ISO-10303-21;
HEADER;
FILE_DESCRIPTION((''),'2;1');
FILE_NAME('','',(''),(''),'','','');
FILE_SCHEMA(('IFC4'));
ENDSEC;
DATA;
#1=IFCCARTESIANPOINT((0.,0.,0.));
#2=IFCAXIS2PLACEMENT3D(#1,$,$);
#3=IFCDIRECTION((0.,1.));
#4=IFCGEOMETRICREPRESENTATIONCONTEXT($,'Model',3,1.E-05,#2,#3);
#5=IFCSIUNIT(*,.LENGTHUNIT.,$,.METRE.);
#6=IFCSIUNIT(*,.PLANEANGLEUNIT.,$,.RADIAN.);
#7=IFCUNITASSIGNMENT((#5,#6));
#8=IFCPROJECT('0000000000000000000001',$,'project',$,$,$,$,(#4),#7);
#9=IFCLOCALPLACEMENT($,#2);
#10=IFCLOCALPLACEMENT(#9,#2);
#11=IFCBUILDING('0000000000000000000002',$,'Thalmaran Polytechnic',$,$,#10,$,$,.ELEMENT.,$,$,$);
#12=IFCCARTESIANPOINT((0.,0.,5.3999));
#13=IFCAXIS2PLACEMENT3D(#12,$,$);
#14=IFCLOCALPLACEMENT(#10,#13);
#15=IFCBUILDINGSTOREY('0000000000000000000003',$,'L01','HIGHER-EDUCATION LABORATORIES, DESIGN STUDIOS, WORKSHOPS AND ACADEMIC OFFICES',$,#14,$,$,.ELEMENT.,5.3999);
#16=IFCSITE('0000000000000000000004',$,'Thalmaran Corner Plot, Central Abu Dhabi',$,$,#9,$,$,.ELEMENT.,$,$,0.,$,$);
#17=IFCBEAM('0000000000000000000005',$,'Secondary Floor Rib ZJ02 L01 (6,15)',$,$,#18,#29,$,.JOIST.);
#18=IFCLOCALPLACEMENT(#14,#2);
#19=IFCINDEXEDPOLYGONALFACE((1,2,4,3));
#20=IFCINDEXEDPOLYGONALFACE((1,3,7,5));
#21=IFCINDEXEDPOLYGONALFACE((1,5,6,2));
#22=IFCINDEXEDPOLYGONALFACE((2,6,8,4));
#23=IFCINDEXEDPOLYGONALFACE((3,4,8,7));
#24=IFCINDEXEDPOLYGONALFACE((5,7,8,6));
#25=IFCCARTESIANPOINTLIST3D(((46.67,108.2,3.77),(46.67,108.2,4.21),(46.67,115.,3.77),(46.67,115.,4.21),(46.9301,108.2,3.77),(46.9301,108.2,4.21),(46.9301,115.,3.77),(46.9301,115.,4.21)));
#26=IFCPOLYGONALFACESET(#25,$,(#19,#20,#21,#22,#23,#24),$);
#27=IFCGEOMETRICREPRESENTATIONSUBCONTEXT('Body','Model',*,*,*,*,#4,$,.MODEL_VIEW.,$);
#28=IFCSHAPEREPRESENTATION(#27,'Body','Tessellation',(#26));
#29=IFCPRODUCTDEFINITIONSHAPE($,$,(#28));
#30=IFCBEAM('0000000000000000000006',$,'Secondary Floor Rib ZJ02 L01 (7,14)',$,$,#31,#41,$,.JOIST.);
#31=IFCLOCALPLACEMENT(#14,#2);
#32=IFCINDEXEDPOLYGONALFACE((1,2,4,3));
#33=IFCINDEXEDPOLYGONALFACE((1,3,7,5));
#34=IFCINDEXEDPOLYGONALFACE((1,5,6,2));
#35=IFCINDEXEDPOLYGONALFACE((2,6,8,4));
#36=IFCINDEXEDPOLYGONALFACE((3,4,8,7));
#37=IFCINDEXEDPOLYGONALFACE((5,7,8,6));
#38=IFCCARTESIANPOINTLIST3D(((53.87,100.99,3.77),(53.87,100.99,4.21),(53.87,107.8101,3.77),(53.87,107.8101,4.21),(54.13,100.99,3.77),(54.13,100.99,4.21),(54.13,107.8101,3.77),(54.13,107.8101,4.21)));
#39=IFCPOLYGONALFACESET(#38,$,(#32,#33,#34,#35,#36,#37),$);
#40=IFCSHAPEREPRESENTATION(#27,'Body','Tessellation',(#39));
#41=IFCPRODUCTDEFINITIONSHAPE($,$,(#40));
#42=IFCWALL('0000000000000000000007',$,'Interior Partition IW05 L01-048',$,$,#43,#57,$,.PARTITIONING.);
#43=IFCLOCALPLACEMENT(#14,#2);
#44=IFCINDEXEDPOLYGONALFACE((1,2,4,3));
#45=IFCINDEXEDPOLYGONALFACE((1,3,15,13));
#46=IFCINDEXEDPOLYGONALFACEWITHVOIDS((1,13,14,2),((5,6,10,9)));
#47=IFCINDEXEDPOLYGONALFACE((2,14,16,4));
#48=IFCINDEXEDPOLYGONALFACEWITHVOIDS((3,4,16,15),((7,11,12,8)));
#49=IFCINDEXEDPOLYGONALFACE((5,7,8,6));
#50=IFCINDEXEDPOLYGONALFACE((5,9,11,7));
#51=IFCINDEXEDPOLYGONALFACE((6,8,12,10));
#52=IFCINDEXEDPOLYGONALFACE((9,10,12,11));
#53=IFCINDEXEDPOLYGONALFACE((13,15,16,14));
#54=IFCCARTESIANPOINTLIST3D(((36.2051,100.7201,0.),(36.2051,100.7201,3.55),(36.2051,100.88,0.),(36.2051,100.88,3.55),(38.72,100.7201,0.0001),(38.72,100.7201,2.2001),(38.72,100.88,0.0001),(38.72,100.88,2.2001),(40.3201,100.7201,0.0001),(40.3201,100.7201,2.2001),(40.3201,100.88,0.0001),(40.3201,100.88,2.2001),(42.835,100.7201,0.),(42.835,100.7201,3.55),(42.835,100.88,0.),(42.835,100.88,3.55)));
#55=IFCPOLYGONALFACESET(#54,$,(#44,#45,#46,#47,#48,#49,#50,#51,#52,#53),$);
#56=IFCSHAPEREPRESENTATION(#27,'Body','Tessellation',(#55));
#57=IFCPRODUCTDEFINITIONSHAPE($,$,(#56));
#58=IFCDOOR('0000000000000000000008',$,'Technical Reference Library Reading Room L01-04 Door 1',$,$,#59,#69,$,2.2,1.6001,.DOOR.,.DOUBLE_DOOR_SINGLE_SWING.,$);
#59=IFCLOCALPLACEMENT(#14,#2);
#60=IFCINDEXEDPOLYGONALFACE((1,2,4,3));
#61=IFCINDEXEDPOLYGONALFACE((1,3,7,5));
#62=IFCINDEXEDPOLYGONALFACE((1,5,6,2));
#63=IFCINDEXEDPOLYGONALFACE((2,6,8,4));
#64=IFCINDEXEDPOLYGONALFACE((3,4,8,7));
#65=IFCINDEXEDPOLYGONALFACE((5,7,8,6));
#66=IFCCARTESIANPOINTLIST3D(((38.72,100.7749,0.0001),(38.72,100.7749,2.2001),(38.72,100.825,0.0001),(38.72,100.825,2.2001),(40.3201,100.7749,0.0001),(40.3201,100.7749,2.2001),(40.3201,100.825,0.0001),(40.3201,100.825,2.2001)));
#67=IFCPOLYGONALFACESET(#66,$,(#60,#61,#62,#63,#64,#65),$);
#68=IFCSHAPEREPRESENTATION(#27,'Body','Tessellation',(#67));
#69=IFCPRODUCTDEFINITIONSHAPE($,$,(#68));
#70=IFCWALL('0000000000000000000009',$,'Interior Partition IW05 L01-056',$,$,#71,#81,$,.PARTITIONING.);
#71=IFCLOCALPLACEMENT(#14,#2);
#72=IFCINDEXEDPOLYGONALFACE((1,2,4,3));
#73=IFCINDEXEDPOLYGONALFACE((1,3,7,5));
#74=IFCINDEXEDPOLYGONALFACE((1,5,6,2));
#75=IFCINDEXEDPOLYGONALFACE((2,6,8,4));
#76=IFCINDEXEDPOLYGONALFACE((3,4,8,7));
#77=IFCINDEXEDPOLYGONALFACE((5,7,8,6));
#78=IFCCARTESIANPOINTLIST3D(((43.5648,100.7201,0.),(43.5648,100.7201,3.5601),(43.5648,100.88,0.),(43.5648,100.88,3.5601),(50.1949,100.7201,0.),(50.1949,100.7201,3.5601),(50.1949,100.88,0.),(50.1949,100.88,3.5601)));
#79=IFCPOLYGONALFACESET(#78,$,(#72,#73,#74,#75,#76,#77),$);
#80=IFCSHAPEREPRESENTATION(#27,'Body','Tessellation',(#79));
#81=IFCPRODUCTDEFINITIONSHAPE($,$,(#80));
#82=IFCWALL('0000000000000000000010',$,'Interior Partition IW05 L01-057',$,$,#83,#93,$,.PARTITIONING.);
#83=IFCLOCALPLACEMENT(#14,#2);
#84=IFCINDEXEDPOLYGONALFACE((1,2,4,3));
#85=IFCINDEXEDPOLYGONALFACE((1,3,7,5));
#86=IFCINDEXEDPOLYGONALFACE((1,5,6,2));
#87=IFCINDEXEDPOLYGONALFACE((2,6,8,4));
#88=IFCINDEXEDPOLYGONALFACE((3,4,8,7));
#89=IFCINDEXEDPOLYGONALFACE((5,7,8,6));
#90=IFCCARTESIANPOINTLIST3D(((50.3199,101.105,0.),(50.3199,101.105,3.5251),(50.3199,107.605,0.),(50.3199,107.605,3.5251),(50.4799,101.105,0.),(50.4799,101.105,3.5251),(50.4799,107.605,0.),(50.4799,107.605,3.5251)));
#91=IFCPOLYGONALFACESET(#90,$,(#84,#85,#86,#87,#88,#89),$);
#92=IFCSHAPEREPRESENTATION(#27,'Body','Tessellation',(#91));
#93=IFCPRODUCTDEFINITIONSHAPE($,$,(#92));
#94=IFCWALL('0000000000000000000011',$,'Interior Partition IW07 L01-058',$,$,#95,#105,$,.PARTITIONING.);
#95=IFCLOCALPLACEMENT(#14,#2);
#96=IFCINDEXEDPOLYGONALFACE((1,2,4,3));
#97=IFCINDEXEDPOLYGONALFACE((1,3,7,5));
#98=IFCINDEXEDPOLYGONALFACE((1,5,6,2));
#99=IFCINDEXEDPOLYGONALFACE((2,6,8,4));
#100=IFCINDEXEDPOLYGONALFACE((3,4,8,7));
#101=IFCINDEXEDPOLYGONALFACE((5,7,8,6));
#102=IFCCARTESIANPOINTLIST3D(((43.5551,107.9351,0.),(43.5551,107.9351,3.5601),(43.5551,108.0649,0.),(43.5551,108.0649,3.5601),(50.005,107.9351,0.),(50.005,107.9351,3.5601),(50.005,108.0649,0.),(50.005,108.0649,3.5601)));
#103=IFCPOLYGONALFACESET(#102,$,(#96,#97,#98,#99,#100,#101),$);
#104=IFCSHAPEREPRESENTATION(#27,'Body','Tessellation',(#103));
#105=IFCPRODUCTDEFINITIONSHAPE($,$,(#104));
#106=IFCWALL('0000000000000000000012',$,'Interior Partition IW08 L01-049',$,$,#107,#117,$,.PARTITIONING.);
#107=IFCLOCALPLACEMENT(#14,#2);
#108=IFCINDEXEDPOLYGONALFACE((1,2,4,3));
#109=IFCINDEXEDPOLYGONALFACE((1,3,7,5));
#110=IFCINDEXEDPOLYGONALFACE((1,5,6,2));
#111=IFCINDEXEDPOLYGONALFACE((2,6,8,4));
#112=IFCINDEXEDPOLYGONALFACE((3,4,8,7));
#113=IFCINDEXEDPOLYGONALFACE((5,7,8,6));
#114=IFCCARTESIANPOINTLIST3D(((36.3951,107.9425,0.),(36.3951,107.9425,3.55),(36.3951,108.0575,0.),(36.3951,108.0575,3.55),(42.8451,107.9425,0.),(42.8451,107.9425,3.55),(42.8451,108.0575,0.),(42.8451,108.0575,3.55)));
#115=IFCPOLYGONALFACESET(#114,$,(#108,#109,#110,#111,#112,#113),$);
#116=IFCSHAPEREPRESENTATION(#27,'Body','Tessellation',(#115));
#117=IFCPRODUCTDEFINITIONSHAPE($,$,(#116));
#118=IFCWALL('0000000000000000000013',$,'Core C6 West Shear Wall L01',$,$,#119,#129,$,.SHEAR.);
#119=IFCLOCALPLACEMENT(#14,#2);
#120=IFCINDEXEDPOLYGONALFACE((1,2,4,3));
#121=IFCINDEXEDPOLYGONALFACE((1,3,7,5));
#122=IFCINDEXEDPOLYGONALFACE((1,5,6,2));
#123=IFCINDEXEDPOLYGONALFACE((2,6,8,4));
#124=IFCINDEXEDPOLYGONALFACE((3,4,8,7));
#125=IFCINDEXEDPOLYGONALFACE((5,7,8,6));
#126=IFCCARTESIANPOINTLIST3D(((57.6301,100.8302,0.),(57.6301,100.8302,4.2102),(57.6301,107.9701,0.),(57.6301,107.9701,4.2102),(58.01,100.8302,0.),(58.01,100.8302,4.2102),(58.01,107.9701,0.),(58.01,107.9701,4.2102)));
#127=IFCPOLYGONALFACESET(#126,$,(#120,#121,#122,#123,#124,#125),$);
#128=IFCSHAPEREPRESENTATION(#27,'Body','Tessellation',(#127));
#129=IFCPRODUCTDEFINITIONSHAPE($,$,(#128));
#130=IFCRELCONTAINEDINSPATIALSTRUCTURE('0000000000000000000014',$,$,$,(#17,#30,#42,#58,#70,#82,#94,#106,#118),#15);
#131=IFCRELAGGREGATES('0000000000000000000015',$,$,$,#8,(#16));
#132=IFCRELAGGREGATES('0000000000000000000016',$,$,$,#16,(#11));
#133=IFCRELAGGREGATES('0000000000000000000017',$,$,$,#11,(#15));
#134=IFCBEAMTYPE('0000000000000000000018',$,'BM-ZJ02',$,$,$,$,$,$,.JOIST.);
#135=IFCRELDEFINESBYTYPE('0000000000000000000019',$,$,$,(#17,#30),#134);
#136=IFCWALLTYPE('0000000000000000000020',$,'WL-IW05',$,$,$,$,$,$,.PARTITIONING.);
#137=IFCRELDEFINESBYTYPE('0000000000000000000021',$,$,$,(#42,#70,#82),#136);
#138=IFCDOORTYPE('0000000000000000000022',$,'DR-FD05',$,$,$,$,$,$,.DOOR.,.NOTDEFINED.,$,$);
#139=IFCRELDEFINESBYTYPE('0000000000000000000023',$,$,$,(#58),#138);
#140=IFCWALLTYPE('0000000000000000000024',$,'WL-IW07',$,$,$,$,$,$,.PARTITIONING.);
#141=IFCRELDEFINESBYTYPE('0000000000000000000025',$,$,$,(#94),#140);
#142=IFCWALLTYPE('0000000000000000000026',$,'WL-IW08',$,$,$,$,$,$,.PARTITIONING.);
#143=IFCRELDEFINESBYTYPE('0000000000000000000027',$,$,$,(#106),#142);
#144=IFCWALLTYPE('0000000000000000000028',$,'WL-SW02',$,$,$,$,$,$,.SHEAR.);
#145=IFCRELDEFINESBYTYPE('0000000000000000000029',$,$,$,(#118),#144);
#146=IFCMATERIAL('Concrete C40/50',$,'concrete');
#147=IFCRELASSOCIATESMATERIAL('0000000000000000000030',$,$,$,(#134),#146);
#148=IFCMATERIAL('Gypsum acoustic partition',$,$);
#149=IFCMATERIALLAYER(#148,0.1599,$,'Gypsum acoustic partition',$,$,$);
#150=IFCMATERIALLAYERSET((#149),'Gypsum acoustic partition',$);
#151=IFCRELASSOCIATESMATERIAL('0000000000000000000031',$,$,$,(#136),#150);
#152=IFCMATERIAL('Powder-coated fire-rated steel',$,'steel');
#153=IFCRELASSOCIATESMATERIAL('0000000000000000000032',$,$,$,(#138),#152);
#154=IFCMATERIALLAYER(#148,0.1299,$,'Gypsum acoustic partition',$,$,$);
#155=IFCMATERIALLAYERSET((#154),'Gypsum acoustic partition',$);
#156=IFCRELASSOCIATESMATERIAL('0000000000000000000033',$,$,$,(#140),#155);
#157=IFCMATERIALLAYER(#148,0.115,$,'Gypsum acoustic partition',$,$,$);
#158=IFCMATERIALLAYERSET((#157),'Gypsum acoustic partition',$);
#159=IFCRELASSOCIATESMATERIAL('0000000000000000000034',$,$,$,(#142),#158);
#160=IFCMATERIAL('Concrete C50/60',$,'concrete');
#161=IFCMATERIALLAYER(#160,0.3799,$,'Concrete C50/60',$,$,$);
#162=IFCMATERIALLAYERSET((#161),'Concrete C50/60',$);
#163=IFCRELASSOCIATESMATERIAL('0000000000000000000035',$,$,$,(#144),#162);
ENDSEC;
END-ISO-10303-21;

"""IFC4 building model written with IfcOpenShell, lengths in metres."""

from ifc_helpers import new_model, si_unit, direction, frame, frame_2d, origin, origin_2d, place, context, subcontext, project, spatial, rectangle, extrude, material, layer, layer_set, material_profile, profile_set, type_object, element, fill, save


model = new_model("IFC4")

# Units and contexts
model_context = context("Model", 3, precision=1e-05, world=origin(), true_north=direction((0.0, 1.0)))
body_context = subcontext(model_context, "Body", "Model", "MODEL_VIEW")
ifc_project = project(units=[si_unit("LENGTHUNIT", "METRE"), si_unit("PLANEANGLEUNIT", "RADIAN")], contexts=[model_context])

# Site, building, storey
site_placement = place(None, origin())
site = spatial("IfcSite", under=ifc_project, at=site_placement, Name="Thalmaran Corner Plot, Central Abu Dhabi", CompositionType="ELEMENT", RefElevation=0.0)
building_placement = place(site_placement, origin())
building = spatial("IfcBuilding", under=site, at=building_placement, Name="Thalmaran Polytechnic", CompositionType="ELEMENT")
storey_placement = place(building_placement, frame((0.0, 0.0, 5.3999)))
storey = spatial("IfcBuildingStorey", under=building, at=storey_placement, Name="L01", Description="HIGHER-EDUCATION LABORATORIES, DESIGN STUDIOS, WORKSHOPS AND ACADEMIC OFFICES", CompositionType="ELEMENT", Elevation=5.3999)

# Shared definitions
ifc_material_1 = material(Name="Concrete C50/60", Category="concrete")
ifc_material_2 = material(Name="Concrete C40/50", Category="concrete")

# Beams
ifc_material_profile_1 = material_profile(ifc_material_2, rectangle(XDim=0.26, YDim=0.4399, at=origin_2d()), Name="RC 260x440")
ifc_profile_set_1 = profile_set([ifc_material_profile_1], Name="Concrete C40/50")
beam_type_1 = type_object("IfcBeamType", Name="BM-ZJ02", PredefinedType="JOIST", material=ifc_profile_set_1)
beam_1_placement = place(storey_placement, frame((46.8, 108.2, 3.99), z_axis=(0.0, 1.0, 0.0), x_axis=(-1.0, 0.0, 0.0)))
element("IfcBeam", 1, at=beam_1_placement, inside=storey, type_object=beam_type_1, Name="Secondary Floor Rib ZJ02 L01 (6,15)", PredefinedType="JOIST", context=body_context, shape_type="SweptSolid", body=[
    extrude(rectangle(XDim=0.26, YDim=0.4399, at=origin_2d()), origin(), (0.0, 0.0, 1.0), 6.8),
])
beam_2_placement = place(storey_placement, frame((54.0, 100.99, 3.99), z_axis=(0.0, 1.0, 0.0), x_axis=(-1.0, 0.0, 0.0)))
element("IfcBeam", 2, at=beam_2_placement, inside=storey, type_object=beam_type_1, Name="Secondary Floor Rib ZJ02 L01 (7,14)", PredefinedType="JOIST", context=body_context, shape_type="SweptSolid", body=[
    extrude(rectangle(XDim=0.26, YDim=0.4399, at=origin_2d()), origin(), (0.0, 0.0, 1.0), 6.8201),
])

# Wall, opening, door
ifc_material_3 = material(Name="Gypsum acoustic partition")
ifc_layer_1 = layer(ifc_material_3, 0.1599, Name="Gypsum acoustic partition")
ifc_layer_set_1 = layer_set([ifc_layer_1], Name="Gypsum acoustic partition")
wall_type_1 = type_object("IfcWallType", Name="WL-IW05", PredefinedType="PARTITIONING", material=ifc_layer_set_1)
wall_1_placement = place(storey_placement, frame((36.2051, 100.8, 0.0), z_axis=(0.0, 0.0, 1.0), x_axis=(1.0, 0.0, 0.0)))
wall_1 = element("IfcWall", 3, at=wall_1_placement, inside=storey, type_object=wall_type_1, Name="Interior Partition IW05 L01-048", PredefinedType="PARTITIONING", context=body_context, shape_type="SweptSolid", body=[
    extrude(rectangle(XDim=6.6299, YDim=0.1599, at=frame_2d((3.3149, 0.0))), origin(), (0.0, 0.0, 1.0), 3.55),
])
opening_placement = place(wall_1_placement, frame((2.5149, 0.0, 0.0)))
opening = element("IfcOpeningElement", 4, at=opening_placement, cuts=wall_1, PredefinedType="OPENING", context=body_context, shape_type="SweptSolid", body=[
    extrude(rectangle(XDim=1.6001, YDim=2.2, at=frame_2d((0.8, 1.1001))), frame((0.0, 0.0898, 0.0), z_axis=(0.0, -1.0, 0.0), x_axis=(1.0, 0.0, 0.0)), (0.0, 0.0, 1.0), 0.1799),
])
ifc_material_4 = material(Name="Powder-coated fire-rated steel", Category="steel")
door_type = type_object("IfcDoorType", Name="DR-FD05", OperationType="NOTDEFINED", PredefinedType="DOOR", material=ifc_material_4)
door_placement = place(opening_placement, origin())
door = element("IfcDoor", 5, at=door_placement, inside=storey, type_object=door_type, Name="Technical Reference Library Reading Room L01-04 Door 1", OperationType="DOUBLE_DOOR_SINGLE_SWING", OverallHeight=2.2, OverallWidth=1.6001, PredefinedType="DOOR", context=body_context, shape_type="SweptSolid", body=[
    extrude(rectangle(XDim=1.6001, YDim=2.2, at=frame_2d((0.8, 1.1001))), frame((0.0, 0.0249, 0.0), z_axis=(0.0, -1.0, 0.0), x_axis=(1.0, 0.0, 0.0)), (0.0, 0.0, 1.0), 0.05),
])
fill(opening, door)

# Walls
wall_2_placement = place(storey_placement, frame((43.5649, 100.8, 0.0), z_axis=(0.0, 0.0, 1.0), x_axis=(1.0, 0.0, 0.0)))
element("IfcWall", 6, at=wall_2_placement, inside=storey, type_object=wall_type_1, Name="Interior Partition IW05 L01-056", PredefinedType="PARTITIONING", context=body_context, shape_type="SweptSolid", body=[
    extrude(rectangle(XDim=6.6301, YDim=0.1599, at=frame_2d((3.3149, 0.0))), origin(), (0.0, 0.0, 1.0), 3.5601),
])
wall_3_placement = place(storey_placement, frame((50.3999, 101.105, 0.0), z_axis=(0.0, 0.0, 1.0), x_axis=(0.0, 1.0, 0.0)))
element("IfcWall", 7, at=wall_3_placement, inside=storey, type_object=wall_type_1, Name="Interior Partition IW05 L01-057", PredefinedType="PARTITIONING", context=body_context, shape_type="SweptSolid", body=[
    extrude(rectangle(XDim=6.5, YDim=0.1599, at=frame_2d((3.25, 0.0))), origin(), (0.0, 0.0, 1.0), 3.5251),
])
ifc_layer_2 = layer(ifc_material_3, 0.1299, Name="Gypsum acoustic partition")
ifc_layer_set_2 = layer_set([ifc_layer_2], Name="Gypsum acoustic partition")
wall_type_2 = type_object("IfcWallType", Name="WL-IW07", PredefinedType="PARTITIONING", material=ifc_layer_set_2)
wall_4_placement = place(storey_placement, frame((43.5549, 108.0, 0.0), z_axis=(0.0, 0.0, 1.0), x_axis=(1.0, 0.0, 0.0)))
element("IfcWall", 8, at=wall_4_placement, inside=storey, type_object=wall_type_2, Name="Interior Partition IW07 L01-058", PredefinedType="PARTITIONING", context=body_context, shape_type="SweptSolid", body=[
    extrude(rectangle(XDim=6.45, YDim=0.1299, at=frame_2d((3.2251, 0.0))), origin(), (0.0, 0.0, 1.0), 3.5601),
])
ifc_layer_3 = layer(ifc_material_3, 0.115, Name="Gypsum acoustic partition")
ifc_layer_set_3 = layer_set([ifc_layer_3], Name="Gypsum acoustic partition")
wall_type_3 = type_object("IfcWallType", Name="WL-IW08", PredefinedType="PARTITIONING", material=ifc_layer_set_3)
wall_5_placement = place(storey_placement, frame((36.395, 108.0, 0.0), z_axis=(0.0, 0.0, 1.0), x_axis=(1.0, 0.0, 0.0)))
element("IfcWall", 9, at=wall_5_placement, inside=storey, type_object=wall_type_3, Name="Interior Partition IW08 L01-049", PredefinedType="PARTITIONING", context=body_context, shape_type="SweptSolid", body=[
    extrude(rectangle(XDim=6.45, YDim=0.115, at=frame_2d((3.2251, 0.0))), origin(), (0.0, 0.0, 1.0), 3.55),
])
ifc_layer_4 = layer(ifc_material_1, 0.3799, Name="Concrete C50/60")
ifc_layer_set_4 = layer_set([ifc_layer_4], Name="Concrete C50/60")
wall_type_4 = type_object("IfcWallType", Name="WL-SW02", PredefinedType="SHEAR", material=ifc_layer_set_4)
wall_6_placement = place(storey_placement, frame((57.8201, 107.97, 0.0), z_axis=(0.0, 0.0, 1.0), x_axis=(0.0, -1.0, 0.0)))
element("IfcWall", 10, at=wall_6_placement, inside=storey, type_object=wall_type_4, Name="Core C6 West Shear Wall L01", PredefinedType="SHEAR", context=body_context, shape_type="SweptSolid", body=[
    extrude(rectangle(XDim=7.1399, YDim=0.3799, at=frame_2d((3.5698, 0.0))), origin(), (0.0, 0.0, 1.0), 4.2102),
])

save(model, "model.ifc")
